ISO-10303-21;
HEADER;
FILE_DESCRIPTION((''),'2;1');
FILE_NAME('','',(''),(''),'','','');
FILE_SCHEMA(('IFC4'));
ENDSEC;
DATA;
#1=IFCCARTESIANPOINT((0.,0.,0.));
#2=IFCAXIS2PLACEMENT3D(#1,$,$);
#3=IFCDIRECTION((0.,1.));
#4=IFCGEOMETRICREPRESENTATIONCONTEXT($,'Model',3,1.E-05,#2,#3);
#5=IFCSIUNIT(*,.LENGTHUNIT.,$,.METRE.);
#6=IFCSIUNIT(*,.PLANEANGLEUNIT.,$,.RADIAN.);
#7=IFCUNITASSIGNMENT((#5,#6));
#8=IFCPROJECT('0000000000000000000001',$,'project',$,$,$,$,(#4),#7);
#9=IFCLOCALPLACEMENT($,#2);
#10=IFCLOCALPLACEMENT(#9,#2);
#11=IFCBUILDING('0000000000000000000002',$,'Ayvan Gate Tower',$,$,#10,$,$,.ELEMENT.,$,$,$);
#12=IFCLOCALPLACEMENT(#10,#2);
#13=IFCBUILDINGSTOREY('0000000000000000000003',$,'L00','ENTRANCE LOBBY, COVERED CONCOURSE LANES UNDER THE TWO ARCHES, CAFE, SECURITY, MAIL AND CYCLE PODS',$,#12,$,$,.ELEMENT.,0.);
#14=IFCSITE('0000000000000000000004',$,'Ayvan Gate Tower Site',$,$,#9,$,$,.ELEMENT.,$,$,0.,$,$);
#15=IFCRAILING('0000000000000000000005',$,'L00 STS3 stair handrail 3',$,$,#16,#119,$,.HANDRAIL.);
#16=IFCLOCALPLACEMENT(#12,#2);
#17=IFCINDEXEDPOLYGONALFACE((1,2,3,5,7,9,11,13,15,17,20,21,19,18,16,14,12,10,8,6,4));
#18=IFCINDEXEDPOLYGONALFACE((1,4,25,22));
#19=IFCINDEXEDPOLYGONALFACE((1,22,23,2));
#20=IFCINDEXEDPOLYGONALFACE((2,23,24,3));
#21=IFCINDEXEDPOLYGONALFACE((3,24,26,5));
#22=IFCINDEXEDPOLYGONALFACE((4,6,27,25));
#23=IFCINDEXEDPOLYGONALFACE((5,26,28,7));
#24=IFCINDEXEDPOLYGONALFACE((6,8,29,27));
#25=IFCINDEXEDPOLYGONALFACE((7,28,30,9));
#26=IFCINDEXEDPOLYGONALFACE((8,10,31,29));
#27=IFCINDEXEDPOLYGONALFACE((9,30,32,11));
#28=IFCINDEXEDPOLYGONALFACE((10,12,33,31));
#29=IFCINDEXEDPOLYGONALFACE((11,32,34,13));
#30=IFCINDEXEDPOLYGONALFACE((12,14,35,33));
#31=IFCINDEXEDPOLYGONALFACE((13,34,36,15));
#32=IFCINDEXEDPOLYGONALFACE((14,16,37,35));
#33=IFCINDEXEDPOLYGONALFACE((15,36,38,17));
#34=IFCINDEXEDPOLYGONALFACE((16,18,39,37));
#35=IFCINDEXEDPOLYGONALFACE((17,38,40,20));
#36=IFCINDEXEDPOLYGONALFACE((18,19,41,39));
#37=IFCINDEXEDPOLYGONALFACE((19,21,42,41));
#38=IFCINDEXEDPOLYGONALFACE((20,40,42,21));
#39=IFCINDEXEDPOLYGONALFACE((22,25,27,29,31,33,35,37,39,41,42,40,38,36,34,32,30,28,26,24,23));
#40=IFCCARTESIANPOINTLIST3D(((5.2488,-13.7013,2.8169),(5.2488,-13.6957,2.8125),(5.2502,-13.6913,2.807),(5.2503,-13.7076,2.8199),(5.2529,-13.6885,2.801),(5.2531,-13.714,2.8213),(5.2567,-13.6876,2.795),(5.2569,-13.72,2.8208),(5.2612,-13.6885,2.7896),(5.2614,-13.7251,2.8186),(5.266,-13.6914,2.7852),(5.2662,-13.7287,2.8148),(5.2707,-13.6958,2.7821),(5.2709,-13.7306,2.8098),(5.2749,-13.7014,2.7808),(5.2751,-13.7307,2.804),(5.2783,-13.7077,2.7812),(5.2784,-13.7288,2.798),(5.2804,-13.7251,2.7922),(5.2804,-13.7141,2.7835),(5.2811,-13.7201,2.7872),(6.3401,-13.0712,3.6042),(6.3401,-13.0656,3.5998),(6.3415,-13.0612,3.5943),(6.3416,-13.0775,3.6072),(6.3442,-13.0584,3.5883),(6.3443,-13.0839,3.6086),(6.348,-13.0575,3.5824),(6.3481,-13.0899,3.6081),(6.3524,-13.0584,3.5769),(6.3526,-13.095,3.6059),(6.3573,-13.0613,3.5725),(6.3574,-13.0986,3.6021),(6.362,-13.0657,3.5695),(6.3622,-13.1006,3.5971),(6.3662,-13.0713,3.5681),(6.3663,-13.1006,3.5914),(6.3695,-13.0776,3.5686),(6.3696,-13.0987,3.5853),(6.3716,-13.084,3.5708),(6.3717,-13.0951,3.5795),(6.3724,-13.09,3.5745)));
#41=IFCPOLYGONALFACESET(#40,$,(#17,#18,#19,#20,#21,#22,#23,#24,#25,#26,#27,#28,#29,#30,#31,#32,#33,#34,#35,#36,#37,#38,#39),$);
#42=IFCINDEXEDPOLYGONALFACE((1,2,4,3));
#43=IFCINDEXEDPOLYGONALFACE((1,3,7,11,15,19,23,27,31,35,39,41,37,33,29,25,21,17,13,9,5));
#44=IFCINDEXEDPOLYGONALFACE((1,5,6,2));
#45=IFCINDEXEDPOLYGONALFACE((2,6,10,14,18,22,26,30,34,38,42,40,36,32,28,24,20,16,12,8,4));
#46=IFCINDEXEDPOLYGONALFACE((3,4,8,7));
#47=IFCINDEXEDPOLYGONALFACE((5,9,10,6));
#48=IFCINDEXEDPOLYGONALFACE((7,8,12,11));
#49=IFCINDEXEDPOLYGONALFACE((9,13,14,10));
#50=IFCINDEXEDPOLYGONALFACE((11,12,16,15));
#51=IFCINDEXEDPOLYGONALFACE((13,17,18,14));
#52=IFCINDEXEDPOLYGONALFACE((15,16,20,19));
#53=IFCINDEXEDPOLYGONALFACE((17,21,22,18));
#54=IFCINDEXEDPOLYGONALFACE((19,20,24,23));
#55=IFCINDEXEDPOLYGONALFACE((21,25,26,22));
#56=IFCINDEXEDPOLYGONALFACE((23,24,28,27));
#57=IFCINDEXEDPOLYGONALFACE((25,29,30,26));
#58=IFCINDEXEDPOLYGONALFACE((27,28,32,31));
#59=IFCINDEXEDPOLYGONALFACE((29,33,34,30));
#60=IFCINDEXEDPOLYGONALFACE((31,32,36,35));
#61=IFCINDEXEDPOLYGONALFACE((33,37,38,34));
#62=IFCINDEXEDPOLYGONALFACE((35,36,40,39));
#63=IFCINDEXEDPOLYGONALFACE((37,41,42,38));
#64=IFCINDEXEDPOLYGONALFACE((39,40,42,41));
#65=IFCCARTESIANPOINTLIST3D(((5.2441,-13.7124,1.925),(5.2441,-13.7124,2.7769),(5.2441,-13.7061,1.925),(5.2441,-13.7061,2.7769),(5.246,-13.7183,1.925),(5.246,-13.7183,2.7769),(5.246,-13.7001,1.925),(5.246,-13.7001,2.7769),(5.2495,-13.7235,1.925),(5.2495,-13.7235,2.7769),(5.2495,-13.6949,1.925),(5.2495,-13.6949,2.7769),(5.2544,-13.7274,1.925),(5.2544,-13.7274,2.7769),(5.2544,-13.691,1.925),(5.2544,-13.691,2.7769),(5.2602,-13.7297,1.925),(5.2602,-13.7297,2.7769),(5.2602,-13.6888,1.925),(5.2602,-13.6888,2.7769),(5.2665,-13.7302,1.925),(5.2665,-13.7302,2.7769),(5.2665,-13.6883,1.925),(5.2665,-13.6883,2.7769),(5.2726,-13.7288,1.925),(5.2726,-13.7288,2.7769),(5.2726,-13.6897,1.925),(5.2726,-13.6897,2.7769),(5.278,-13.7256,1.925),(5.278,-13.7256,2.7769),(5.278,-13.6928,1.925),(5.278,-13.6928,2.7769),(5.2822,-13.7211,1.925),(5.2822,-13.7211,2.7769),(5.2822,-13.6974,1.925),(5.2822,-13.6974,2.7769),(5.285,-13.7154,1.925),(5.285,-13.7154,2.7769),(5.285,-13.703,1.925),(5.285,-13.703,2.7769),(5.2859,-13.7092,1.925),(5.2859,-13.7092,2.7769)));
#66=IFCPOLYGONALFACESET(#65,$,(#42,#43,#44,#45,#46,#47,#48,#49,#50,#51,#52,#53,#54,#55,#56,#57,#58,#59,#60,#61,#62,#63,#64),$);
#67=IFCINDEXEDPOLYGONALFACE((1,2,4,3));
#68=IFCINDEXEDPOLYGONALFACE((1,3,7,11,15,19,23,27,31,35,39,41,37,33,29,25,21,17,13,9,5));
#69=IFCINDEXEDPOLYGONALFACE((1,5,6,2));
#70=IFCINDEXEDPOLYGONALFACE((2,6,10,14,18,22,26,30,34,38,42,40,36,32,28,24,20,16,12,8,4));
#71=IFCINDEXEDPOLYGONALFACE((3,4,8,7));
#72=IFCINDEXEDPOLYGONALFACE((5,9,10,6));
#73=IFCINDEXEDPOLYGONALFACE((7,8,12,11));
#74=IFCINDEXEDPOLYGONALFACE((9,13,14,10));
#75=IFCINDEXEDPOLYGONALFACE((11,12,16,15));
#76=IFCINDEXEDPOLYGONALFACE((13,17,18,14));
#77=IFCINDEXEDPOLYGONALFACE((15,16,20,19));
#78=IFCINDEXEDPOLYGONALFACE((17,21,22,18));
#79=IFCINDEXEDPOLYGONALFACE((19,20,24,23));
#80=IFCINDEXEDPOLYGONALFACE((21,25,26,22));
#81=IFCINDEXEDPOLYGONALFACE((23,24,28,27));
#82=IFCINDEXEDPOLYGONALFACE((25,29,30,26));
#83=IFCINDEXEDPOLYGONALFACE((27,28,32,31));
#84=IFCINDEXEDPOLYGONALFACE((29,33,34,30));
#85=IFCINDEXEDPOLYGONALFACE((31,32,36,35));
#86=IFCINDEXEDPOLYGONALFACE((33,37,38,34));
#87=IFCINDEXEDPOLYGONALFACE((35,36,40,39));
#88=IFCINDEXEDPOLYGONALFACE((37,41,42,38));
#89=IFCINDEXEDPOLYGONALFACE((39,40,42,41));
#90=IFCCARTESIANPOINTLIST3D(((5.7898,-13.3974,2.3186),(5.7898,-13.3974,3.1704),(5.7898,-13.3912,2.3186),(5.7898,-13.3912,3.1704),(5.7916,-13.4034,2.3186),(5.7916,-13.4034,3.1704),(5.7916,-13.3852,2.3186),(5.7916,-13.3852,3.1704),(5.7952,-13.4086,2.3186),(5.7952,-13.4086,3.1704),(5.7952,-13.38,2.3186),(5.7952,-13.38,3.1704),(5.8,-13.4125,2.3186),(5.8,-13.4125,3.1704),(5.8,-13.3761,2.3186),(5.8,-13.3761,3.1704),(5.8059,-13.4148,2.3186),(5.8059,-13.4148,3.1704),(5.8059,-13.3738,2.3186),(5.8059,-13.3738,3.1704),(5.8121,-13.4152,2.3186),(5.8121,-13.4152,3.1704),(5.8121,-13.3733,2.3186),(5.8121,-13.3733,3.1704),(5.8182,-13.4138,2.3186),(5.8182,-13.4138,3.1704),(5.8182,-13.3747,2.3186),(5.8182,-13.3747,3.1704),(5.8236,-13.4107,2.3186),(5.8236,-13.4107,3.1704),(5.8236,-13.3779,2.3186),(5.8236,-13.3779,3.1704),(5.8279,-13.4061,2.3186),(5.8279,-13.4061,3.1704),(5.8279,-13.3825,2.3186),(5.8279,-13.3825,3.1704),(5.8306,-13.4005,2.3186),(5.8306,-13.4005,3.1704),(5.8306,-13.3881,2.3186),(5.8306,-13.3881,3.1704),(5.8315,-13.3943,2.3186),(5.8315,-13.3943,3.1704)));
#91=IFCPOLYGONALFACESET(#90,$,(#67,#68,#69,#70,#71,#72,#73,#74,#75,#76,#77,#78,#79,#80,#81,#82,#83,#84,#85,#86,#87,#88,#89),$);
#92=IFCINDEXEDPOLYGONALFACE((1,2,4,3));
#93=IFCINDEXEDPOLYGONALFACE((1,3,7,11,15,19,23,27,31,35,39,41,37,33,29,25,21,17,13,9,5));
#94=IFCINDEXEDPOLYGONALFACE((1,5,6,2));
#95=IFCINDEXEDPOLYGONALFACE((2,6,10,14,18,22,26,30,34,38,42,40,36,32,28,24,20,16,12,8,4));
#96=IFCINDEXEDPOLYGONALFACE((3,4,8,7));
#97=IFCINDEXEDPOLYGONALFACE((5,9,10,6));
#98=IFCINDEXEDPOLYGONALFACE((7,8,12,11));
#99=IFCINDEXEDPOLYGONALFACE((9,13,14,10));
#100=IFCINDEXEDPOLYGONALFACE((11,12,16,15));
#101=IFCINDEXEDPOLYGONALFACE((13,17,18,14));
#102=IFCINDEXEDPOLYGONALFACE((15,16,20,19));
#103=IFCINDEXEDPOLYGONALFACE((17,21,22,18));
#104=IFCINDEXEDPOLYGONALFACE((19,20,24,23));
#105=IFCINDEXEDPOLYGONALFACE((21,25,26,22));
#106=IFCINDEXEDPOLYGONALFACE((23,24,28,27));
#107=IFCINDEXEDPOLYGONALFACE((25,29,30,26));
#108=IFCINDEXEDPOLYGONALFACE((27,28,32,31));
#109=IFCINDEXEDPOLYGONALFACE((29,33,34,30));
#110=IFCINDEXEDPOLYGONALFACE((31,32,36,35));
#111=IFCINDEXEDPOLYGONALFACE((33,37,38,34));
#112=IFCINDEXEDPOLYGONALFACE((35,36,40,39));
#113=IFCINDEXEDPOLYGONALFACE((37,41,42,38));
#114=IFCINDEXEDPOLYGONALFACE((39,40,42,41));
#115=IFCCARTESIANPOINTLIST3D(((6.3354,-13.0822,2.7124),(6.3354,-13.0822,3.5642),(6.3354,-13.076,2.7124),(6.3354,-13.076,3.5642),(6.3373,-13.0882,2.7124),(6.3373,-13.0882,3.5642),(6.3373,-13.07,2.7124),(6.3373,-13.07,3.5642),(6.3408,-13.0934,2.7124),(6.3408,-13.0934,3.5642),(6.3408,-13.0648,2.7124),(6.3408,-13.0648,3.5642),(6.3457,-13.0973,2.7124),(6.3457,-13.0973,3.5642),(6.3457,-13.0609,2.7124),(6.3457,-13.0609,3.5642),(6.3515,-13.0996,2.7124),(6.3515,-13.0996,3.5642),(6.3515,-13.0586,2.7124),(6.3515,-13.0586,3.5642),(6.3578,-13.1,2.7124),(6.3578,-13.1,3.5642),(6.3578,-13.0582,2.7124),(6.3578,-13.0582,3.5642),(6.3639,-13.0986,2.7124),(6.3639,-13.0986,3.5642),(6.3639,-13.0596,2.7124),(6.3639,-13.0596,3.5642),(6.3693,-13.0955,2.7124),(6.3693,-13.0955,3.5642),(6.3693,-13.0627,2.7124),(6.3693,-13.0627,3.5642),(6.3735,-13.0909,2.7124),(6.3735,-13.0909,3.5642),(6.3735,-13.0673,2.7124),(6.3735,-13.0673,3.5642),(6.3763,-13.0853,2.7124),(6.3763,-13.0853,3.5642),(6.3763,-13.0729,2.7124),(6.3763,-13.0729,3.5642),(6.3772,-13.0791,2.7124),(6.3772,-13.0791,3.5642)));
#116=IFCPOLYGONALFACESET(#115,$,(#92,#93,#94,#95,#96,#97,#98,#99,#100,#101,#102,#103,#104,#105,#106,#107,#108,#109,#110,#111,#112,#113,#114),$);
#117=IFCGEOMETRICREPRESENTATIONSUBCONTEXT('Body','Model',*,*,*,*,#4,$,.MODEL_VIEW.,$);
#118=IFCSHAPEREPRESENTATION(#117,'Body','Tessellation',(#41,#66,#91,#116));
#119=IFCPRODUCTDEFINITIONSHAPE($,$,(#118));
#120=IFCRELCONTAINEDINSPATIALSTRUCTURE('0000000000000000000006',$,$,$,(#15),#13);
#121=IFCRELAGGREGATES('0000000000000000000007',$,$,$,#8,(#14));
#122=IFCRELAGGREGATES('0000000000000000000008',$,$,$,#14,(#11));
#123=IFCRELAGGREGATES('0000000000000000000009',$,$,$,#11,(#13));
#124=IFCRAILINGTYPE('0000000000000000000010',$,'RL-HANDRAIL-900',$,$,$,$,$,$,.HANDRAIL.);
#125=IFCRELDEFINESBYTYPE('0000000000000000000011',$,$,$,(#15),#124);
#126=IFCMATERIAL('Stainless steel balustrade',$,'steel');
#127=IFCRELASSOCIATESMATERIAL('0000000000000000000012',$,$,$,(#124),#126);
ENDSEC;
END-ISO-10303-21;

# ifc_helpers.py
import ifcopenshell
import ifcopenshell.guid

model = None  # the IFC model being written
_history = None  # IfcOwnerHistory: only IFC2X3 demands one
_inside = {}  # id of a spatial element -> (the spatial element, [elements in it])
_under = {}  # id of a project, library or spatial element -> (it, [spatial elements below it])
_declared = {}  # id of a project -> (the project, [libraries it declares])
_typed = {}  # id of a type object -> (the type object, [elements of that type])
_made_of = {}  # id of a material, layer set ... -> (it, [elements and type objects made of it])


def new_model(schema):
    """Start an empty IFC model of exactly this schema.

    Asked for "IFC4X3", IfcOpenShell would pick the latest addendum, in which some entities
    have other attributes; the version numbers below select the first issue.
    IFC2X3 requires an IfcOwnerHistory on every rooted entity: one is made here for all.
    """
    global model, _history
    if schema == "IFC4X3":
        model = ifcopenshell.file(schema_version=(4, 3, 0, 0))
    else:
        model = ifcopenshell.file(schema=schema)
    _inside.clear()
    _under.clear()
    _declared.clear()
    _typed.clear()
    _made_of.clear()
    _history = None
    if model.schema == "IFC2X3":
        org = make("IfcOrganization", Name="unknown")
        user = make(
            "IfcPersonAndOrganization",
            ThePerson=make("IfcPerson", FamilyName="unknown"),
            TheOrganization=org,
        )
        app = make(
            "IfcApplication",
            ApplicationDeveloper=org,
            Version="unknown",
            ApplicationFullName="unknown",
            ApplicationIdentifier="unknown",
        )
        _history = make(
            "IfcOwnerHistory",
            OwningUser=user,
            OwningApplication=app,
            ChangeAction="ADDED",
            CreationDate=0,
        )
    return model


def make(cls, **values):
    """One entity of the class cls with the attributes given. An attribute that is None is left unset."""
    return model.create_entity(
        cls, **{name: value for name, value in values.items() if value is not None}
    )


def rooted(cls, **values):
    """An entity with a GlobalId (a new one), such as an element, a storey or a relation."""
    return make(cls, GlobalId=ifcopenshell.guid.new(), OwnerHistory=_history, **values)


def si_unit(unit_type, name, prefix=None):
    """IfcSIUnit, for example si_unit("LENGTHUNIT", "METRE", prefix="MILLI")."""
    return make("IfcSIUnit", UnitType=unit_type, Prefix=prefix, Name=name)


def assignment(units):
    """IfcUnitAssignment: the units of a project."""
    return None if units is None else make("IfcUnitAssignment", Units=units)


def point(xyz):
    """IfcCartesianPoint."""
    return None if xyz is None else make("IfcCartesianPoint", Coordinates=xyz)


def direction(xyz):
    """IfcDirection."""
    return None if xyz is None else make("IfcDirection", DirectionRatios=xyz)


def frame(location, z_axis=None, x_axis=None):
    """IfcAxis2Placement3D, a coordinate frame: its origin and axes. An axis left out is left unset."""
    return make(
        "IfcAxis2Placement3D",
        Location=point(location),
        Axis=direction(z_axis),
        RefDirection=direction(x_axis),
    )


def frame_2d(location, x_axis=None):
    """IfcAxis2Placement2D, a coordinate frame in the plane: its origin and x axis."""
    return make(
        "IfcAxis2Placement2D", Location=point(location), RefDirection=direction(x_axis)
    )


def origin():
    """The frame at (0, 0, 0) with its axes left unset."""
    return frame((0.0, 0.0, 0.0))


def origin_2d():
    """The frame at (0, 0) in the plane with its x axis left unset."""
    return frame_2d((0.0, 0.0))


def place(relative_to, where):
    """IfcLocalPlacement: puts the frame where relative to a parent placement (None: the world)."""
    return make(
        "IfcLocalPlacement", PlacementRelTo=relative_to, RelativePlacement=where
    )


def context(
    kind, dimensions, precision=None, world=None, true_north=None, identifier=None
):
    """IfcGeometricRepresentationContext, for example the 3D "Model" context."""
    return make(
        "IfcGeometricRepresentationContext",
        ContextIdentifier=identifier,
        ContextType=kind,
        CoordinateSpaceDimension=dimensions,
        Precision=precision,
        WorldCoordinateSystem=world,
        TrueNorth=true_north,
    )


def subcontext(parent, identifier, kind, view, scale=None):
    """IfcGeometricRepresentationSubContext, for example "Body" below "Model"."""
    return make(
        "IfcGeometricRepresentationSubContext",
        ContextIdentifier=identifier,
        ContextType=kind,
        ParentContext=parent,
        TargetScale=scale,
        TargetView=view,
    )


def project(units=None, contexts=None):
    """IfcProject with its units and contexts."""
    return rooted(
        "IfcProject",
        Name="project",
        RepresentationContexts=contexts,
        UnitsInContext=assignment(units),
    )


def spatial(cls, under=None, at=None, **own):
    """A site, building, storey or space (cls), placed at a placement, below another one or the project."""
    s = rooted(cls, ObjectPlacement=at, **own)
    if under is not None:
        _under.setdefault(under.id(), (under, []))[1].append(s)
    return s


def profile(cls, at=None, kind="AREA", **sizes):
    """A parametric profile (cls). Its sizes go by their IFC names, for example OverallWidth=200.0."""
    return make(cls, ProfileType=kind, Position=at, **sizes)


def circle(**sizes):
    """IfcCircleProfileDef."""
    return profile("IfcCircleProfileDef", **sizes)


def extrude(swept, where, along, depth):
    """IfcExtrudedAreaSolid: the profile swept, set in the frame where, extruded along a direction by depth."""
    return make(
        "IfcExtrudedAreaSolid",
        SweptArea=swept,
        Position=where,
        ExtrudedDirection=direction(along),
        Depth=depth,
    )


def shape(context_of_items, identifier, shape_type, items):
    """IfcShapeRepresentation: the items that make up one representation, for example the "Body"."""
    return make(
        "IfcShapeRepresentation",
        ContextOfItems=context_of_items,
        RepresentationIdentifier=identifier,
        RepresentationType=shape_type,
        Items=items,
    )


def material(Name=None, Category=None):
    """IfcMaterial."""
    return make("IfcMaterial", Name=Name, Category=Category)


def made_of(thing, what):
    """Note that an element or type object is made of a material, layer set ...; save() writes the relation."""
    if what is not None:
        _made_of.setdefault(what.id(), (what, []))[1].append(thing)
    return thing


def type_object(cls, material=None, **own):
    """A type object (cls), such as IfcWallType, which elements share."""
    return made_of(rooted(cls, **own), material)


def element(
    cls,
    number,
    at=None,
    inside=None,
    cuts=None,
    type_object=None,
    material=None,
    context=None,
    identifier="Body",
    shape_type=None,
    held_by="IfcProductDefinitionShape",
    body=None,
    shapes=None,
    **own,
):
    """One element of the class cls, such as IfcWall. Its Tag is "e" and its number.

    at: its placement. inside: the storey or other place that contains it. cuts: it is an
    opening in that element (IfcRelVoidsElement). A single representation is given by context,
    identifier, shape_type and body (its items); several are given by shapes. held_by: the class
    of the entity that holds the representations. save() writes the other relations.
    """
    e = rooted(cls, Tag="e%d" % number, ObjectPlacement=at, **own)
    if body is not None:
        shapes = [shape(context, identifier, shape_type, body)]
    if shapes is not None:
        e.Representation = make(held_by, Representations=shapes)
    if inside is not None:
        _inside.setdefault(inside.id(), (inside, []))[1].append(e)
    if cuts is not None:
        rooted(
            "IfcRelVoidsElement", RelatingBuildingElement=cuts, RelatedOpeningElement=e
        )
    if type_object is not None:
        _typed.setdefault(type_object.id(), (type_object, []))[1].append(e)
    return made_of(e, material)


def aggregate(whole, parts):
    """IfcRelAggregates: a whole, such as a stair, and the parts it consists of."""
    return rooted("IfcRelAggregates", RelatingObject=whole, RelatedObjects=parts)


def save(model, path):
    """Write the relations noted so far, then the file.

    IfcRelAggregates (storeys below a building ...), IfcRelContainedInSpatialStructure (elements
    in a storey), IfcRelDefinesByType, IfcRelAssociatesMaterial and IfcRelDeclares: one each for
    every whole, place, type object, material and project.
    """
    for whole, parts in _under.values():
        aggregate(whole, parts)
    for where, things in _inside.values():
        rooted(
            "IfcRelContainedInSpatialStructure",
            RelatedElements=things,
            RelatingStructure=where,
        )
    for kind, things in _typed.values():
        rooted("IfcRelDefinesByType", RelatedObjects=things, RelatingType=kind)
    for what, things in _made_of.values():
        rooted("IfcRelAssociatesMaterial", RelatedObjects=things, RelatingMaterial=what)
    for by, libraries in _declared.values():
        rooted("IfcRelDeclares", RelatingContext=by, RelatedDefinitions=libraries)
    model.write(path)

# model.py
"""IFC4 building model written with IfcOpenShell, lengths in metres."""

from ifc_helpers import new_model, si_unit, direction, frame, origin, origin_2d, place, context, subcontext, project, spatial, circle, extrude, material, type_object, element, save


model = new_model("IFC4")

# Units and contexts
model_context = context("Model", 3, precision=1e-05, world=origin(), true_north=direction((0.0, 1.0)))
body_context = subcontext(model_context, "Body", "Model", "MODEL_VIEW")
ifc_project = project(units=[si_unit("LENGTHUNIT", "METRE"), si_unit("PLANEANGLEUNIT", "RADIAN")], contexts=[model_context])

# Site, building, storey
site_placement = place(None, origin())
site = spatial("IfcSite", under=ifc_project, at=site_placement, Name="Ayvan Gate Tower Site", CompositionType="ELEMENT", RefElevation=0.0)
building_placement = place(site_placement, origin())
building = spatial("IfcBuilding", under=site, at=building_placement, Name="Ayvan Gate Tower", CompositionType="ELEMENT")
storey_placement = place(building_placement, origin())
storey = spatial("IfcBuildingStorey", under=building, at=storey_placement, Name="L00", Description="ENTRANCE LOBBY, COVERED CONCOURSE LANES UNDER THE TWO ARCHES, CAFE, SECURITY, MAIL AND CYCLE PODS", CompositionType="ELEMENT", Elevation=0.0)

# Railing
ifc_material_1 = material(Name="Stainless steel balustrade", Category="steel")
railing_type_1 = type_object("IfcRailingType", Name="RL-HANDRAIL-900", PredefinedType="HANDRAIL", material=ifc_material_1)
railing_1_placement = place(storey_placement, frame((5.2649, -13.7092, 1.925)))
element("IfcRailing", 1, at=railing_1_placement, inside=storey, type_object=railing_type_1, Name="L00 STS3 stair handrail 3", PredefinedType="HANDRAIL", context=body_context, shape_type="SweptSolid", body=[
    extrude(circle(Radius=0.0239, at=origin_2d()), frame((0.0, 0.0, 0.876), z_axis=(0.734436, 0.424067, 0.529878), x_axis=(-0.500035, 0.866005, 0.0)), (0.0, 0.0, 1.0), 1.4858),
    extrude(circle(Radius=0.021, at=origin_2d()), origin(), (0.0, 0.0, 1.0), 0.8518),
    extrude(circle(Radius=0.021, at=origin_2d()), frame((0.5457, 0.3149, 0.3936)), (0.0, 0.0, 1.0), 0.8518),
    extrude(circle(Radius=0.021, at=origin_2d()), frame((1.0913, 0.6301, 0.7874)), (0.0, 0.0, 1.0), 0.8518),
])

save(model, "model.ifc")
